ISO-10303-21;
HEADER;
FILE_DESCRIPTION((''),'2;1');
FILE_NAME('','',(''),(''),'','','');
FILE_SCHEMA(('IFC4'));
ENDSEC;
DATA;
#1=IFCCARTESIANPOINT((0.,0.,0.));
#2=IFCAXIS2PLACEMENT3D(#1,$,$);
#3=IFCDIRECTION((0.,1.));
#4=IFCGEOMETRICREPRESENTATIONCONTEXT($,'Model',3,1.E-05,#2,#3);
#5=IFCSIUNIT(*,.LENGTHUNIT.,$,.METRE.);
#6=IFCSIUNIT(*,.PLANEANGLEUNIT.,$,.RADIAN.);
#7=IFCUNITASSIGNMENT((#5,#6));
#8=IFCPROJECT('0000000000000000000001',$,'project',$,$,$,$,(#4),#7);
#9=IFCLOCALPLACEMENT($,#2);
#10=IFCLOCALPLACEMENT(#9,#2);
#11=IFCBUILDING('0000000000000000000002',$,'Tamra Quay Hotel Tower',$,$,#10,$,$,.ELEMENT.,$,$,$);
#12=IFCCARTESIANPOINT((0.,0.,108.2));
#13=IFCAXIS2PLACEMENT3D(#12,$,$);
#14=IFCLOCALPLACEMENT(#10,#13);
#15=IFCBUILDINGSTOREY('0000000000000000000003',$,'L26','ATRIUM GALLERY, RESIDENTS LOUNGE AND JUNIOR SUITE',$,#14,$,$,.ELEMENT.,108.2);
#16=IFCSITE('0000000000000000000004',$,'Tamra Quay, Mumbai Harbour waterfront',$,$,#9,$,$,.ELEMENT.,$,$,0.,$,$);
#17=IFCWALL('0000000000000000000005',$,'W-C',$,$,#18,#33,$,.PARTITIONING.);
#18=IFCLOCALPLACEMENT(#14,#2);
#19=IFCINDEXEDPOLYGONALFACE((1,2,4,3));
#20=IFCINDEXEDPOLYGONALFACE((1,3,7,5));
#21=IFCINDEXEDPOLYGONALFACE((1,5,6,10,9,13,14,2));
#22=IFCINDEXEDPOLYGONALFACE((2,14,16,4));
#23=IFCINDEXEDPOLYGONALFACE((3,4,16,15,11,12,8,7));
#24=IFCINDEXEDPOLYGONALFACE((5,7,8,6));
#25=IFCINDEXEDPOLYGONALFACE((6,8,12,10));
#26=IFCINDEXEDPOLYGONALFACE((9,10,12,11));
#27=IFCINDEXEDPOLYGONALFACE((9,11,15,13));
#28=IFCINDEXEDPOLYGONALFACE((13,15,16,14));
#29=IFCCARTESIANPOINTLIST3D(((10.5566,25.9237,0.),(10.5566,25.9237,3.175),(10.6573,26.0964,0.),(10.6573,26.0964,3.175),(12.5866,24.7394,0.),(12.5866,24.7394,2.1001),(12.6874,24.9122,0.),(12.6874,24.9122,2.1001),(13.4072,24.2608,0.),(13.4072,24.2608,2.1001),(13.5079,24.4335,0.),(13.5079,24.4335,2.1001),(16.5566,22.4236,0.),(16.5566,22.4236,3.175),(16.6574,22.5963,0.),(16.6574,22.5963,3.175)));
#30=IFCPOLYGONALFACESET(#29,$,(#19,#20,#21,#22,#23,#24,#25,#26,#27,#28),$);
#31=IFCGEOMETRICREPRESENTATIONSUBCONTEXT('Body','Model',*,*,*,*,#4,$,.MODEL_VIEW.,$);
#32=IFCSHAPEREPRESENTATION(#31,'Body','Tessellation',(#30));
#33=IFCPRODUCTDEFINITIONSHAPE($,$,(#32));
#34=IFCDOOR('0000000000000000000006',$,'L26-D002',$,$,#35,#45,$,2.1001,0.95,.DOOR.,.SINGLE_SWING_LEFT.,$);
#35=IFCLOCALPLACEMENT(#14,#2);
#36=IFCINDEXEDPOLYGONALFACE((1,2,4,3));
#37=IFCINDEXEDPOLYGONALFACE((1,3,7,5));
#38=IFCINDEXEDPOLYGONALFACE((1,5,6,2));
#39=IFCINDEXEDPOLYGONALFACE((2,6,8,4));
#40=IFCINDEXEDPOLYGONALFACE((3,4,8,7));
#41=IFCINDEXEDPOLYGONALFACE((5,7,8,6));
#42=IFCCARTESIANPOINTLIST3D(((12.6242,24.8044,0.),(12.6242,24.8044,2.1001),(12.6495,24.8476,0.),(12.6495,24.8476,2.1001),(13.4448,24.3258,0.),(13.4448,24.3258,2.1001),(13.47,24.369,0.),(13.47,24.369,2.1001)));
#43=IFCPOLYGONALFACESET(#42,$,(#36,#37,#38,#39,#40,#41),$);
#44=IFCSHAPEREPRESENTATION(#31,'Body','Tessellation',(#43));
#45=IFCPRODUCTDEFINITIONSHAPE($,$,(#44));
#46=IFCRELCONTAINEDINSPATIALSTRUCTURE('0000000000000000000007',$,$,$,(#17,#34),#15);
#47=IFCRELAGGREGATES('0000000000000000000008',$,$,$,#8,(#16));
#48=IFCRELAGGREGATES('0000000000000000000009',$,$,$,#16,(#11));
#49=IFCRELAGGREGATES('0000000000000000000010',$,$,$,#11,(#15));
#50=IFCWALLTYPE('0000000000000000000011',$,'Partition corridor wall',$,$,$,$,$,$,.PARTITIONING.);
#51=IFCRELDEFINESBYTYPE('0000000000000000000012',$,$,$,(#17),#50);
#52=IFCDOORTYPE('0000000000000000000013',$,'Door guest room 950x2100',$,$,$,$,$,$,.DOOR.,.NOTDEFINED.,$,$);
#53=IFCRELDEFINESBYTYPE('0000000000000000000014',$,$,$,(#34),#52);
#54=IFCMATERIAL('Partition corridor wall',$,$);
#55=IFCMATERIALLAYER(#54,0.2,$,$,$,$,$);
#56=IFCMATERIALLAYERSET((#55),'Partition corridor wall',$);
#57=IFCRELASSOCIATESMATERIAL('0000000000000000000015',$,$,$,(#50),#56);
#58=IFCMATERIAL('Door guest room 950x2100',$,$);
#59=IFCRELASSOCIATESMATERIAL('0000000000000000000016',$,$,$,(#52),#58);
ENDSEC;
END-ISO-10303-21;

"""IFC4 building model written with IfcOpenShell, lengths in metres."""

from ifc_helpers import new_model, si_unit, direction, frame, frame_2d, origin, place, context, subcontext, project, spatial, rectangle, extrude, material, layer, layer_set, type_object, element, fill, save


model = new_model("IFC4")

# Units and contexts
model_context = context("Model", 3, precision=1e-05, world=origin(), true_north=direction((0.0, 1.0)))
body_context = subcontext(model_context, "Body", "Model", "MODEL_VIEW")
ifc_project = project(units=[si_unit("LENGTHUNIT", "METRE"), si_unit("PLANEANGLEUNIT", "RADIAN")], contexts=[model_context])

# Site, building, storey
site_placement = place(None, origin())
site = spatial("IfcSite", under=ifc_project, at=site_placement, Name="Tamra Quay, Mumbai Harbour waterfront", CompositionType="ELEMENT", RefElevation=0.0)
building_placement = place(site_placement, origin())
building = spatial("IfcBuilding", under=site, at=building_placement, Name="Tamra Quay Hotel Tower", CompositionType="ELEMENT")
storey_placement = place(building_placement, frame((0.0, 0.0, 108.2)))
storey = spatial("IfcBuildingStorey", under=building, at=storey_placement, Name="L26", Description="ATRIUM GALLERY, RESIDENTS LOUNGE AND JUNIOR SUITE", CompositionType="ELEMENT", Elevation=108.2)

# Shared definitions
ifc_material_1 = material(Name="Partition corridor wall")
ifc_layer_1 = layer(ifc_material_1, 0.2)
ifc_layer_set_1 = layer_set([ifc_layer_1], Name="Partition corridor wall")
wall_type_1 = type_object("IfcWallType", Name="Partition corridor wall", PredefinedType="PARTITIONING", material=ifc_layer_set_1)

# Wall, opening, door
wall_1_placement = place(storey_placement, frame((10.6069, 26.01, 0.0), z_axis=(0.0, 0.0, 1.0), x_axis=(0.863779, -0.503871, 0.0)))
wall_1 = element("IfcWall", 1, at=wall_1_placement, inside=storey, type_object=wall_type_1, Name="W-C", PredefinedType="PARTITIONING", context=body_context, shape_type="SweptSolid", body=[
    extrude(rectangle(XDim=6.9463, YDim=0.2, at=frame_2d((3.4731, 0.0))), origin(), (0.0, 0.0, 1.0), 3.175),
])
opening_1_placement = place(wall_1_placement, frame((2.3501, 0.0, 0.0)))
opening_1 = element("IfcOpeningElement", 2, at=opening_1_placement, cuts=wall_1, PredefinedType="OPENING", context=body_context, shape_type="SweptSolid", body=[
    extrude(rectangle(XDim=0.95, YDim=2.1001, at=frame_2d((0.4751, 1.05))), frame((0.0, 0.1099, 0.0), z_axis=(0.0, -1.0, 0.0), x_axis=(1.0, 0.0, 0.0)), (0.0, 0.0, 1.0), 0.22),
])
ifc_material_2 = material(Name="Door guest room 950x2100")
door_type_1 = type_object("IfcDoorType", Name="Door guest room 950x2100", OperationType="NOTDEFINED", PredefinedType="DOOR", material=ifc_material_2)
door_1_placement = place(opening_1_placement, frame((0.95, 0.0, 0.0), z_axis=(0.0, 0.0, 1.0), x_axis=(-1.0, 0.0, 0.0)))
door_1 = element("IfcDoor", 3, at=door_1_placement, inside=storey, type_object=door_type_1, Name="L26-D002", OperationType="SINGLE_SWING_LEFT", OverallHeight=2.1001, OverallWidth=0.95, PredefinedType="DOOR", context=body_context, shape_type="SweptSolid", body=[
    extrude(rectangle(XDim=0.95, YDim=2.1001, at=frame_2d((0.4751, 1.05))), frame((0.0, 0.0249, 0.0), z_axis=(0.0, -1.0, 0.0), x_axis=(1.0, 0.0, 0.0)), (0.0, 0.0, 1.0), 0.05),
])
fill(opening_1, door_1)

save(model, "model.ifc")
